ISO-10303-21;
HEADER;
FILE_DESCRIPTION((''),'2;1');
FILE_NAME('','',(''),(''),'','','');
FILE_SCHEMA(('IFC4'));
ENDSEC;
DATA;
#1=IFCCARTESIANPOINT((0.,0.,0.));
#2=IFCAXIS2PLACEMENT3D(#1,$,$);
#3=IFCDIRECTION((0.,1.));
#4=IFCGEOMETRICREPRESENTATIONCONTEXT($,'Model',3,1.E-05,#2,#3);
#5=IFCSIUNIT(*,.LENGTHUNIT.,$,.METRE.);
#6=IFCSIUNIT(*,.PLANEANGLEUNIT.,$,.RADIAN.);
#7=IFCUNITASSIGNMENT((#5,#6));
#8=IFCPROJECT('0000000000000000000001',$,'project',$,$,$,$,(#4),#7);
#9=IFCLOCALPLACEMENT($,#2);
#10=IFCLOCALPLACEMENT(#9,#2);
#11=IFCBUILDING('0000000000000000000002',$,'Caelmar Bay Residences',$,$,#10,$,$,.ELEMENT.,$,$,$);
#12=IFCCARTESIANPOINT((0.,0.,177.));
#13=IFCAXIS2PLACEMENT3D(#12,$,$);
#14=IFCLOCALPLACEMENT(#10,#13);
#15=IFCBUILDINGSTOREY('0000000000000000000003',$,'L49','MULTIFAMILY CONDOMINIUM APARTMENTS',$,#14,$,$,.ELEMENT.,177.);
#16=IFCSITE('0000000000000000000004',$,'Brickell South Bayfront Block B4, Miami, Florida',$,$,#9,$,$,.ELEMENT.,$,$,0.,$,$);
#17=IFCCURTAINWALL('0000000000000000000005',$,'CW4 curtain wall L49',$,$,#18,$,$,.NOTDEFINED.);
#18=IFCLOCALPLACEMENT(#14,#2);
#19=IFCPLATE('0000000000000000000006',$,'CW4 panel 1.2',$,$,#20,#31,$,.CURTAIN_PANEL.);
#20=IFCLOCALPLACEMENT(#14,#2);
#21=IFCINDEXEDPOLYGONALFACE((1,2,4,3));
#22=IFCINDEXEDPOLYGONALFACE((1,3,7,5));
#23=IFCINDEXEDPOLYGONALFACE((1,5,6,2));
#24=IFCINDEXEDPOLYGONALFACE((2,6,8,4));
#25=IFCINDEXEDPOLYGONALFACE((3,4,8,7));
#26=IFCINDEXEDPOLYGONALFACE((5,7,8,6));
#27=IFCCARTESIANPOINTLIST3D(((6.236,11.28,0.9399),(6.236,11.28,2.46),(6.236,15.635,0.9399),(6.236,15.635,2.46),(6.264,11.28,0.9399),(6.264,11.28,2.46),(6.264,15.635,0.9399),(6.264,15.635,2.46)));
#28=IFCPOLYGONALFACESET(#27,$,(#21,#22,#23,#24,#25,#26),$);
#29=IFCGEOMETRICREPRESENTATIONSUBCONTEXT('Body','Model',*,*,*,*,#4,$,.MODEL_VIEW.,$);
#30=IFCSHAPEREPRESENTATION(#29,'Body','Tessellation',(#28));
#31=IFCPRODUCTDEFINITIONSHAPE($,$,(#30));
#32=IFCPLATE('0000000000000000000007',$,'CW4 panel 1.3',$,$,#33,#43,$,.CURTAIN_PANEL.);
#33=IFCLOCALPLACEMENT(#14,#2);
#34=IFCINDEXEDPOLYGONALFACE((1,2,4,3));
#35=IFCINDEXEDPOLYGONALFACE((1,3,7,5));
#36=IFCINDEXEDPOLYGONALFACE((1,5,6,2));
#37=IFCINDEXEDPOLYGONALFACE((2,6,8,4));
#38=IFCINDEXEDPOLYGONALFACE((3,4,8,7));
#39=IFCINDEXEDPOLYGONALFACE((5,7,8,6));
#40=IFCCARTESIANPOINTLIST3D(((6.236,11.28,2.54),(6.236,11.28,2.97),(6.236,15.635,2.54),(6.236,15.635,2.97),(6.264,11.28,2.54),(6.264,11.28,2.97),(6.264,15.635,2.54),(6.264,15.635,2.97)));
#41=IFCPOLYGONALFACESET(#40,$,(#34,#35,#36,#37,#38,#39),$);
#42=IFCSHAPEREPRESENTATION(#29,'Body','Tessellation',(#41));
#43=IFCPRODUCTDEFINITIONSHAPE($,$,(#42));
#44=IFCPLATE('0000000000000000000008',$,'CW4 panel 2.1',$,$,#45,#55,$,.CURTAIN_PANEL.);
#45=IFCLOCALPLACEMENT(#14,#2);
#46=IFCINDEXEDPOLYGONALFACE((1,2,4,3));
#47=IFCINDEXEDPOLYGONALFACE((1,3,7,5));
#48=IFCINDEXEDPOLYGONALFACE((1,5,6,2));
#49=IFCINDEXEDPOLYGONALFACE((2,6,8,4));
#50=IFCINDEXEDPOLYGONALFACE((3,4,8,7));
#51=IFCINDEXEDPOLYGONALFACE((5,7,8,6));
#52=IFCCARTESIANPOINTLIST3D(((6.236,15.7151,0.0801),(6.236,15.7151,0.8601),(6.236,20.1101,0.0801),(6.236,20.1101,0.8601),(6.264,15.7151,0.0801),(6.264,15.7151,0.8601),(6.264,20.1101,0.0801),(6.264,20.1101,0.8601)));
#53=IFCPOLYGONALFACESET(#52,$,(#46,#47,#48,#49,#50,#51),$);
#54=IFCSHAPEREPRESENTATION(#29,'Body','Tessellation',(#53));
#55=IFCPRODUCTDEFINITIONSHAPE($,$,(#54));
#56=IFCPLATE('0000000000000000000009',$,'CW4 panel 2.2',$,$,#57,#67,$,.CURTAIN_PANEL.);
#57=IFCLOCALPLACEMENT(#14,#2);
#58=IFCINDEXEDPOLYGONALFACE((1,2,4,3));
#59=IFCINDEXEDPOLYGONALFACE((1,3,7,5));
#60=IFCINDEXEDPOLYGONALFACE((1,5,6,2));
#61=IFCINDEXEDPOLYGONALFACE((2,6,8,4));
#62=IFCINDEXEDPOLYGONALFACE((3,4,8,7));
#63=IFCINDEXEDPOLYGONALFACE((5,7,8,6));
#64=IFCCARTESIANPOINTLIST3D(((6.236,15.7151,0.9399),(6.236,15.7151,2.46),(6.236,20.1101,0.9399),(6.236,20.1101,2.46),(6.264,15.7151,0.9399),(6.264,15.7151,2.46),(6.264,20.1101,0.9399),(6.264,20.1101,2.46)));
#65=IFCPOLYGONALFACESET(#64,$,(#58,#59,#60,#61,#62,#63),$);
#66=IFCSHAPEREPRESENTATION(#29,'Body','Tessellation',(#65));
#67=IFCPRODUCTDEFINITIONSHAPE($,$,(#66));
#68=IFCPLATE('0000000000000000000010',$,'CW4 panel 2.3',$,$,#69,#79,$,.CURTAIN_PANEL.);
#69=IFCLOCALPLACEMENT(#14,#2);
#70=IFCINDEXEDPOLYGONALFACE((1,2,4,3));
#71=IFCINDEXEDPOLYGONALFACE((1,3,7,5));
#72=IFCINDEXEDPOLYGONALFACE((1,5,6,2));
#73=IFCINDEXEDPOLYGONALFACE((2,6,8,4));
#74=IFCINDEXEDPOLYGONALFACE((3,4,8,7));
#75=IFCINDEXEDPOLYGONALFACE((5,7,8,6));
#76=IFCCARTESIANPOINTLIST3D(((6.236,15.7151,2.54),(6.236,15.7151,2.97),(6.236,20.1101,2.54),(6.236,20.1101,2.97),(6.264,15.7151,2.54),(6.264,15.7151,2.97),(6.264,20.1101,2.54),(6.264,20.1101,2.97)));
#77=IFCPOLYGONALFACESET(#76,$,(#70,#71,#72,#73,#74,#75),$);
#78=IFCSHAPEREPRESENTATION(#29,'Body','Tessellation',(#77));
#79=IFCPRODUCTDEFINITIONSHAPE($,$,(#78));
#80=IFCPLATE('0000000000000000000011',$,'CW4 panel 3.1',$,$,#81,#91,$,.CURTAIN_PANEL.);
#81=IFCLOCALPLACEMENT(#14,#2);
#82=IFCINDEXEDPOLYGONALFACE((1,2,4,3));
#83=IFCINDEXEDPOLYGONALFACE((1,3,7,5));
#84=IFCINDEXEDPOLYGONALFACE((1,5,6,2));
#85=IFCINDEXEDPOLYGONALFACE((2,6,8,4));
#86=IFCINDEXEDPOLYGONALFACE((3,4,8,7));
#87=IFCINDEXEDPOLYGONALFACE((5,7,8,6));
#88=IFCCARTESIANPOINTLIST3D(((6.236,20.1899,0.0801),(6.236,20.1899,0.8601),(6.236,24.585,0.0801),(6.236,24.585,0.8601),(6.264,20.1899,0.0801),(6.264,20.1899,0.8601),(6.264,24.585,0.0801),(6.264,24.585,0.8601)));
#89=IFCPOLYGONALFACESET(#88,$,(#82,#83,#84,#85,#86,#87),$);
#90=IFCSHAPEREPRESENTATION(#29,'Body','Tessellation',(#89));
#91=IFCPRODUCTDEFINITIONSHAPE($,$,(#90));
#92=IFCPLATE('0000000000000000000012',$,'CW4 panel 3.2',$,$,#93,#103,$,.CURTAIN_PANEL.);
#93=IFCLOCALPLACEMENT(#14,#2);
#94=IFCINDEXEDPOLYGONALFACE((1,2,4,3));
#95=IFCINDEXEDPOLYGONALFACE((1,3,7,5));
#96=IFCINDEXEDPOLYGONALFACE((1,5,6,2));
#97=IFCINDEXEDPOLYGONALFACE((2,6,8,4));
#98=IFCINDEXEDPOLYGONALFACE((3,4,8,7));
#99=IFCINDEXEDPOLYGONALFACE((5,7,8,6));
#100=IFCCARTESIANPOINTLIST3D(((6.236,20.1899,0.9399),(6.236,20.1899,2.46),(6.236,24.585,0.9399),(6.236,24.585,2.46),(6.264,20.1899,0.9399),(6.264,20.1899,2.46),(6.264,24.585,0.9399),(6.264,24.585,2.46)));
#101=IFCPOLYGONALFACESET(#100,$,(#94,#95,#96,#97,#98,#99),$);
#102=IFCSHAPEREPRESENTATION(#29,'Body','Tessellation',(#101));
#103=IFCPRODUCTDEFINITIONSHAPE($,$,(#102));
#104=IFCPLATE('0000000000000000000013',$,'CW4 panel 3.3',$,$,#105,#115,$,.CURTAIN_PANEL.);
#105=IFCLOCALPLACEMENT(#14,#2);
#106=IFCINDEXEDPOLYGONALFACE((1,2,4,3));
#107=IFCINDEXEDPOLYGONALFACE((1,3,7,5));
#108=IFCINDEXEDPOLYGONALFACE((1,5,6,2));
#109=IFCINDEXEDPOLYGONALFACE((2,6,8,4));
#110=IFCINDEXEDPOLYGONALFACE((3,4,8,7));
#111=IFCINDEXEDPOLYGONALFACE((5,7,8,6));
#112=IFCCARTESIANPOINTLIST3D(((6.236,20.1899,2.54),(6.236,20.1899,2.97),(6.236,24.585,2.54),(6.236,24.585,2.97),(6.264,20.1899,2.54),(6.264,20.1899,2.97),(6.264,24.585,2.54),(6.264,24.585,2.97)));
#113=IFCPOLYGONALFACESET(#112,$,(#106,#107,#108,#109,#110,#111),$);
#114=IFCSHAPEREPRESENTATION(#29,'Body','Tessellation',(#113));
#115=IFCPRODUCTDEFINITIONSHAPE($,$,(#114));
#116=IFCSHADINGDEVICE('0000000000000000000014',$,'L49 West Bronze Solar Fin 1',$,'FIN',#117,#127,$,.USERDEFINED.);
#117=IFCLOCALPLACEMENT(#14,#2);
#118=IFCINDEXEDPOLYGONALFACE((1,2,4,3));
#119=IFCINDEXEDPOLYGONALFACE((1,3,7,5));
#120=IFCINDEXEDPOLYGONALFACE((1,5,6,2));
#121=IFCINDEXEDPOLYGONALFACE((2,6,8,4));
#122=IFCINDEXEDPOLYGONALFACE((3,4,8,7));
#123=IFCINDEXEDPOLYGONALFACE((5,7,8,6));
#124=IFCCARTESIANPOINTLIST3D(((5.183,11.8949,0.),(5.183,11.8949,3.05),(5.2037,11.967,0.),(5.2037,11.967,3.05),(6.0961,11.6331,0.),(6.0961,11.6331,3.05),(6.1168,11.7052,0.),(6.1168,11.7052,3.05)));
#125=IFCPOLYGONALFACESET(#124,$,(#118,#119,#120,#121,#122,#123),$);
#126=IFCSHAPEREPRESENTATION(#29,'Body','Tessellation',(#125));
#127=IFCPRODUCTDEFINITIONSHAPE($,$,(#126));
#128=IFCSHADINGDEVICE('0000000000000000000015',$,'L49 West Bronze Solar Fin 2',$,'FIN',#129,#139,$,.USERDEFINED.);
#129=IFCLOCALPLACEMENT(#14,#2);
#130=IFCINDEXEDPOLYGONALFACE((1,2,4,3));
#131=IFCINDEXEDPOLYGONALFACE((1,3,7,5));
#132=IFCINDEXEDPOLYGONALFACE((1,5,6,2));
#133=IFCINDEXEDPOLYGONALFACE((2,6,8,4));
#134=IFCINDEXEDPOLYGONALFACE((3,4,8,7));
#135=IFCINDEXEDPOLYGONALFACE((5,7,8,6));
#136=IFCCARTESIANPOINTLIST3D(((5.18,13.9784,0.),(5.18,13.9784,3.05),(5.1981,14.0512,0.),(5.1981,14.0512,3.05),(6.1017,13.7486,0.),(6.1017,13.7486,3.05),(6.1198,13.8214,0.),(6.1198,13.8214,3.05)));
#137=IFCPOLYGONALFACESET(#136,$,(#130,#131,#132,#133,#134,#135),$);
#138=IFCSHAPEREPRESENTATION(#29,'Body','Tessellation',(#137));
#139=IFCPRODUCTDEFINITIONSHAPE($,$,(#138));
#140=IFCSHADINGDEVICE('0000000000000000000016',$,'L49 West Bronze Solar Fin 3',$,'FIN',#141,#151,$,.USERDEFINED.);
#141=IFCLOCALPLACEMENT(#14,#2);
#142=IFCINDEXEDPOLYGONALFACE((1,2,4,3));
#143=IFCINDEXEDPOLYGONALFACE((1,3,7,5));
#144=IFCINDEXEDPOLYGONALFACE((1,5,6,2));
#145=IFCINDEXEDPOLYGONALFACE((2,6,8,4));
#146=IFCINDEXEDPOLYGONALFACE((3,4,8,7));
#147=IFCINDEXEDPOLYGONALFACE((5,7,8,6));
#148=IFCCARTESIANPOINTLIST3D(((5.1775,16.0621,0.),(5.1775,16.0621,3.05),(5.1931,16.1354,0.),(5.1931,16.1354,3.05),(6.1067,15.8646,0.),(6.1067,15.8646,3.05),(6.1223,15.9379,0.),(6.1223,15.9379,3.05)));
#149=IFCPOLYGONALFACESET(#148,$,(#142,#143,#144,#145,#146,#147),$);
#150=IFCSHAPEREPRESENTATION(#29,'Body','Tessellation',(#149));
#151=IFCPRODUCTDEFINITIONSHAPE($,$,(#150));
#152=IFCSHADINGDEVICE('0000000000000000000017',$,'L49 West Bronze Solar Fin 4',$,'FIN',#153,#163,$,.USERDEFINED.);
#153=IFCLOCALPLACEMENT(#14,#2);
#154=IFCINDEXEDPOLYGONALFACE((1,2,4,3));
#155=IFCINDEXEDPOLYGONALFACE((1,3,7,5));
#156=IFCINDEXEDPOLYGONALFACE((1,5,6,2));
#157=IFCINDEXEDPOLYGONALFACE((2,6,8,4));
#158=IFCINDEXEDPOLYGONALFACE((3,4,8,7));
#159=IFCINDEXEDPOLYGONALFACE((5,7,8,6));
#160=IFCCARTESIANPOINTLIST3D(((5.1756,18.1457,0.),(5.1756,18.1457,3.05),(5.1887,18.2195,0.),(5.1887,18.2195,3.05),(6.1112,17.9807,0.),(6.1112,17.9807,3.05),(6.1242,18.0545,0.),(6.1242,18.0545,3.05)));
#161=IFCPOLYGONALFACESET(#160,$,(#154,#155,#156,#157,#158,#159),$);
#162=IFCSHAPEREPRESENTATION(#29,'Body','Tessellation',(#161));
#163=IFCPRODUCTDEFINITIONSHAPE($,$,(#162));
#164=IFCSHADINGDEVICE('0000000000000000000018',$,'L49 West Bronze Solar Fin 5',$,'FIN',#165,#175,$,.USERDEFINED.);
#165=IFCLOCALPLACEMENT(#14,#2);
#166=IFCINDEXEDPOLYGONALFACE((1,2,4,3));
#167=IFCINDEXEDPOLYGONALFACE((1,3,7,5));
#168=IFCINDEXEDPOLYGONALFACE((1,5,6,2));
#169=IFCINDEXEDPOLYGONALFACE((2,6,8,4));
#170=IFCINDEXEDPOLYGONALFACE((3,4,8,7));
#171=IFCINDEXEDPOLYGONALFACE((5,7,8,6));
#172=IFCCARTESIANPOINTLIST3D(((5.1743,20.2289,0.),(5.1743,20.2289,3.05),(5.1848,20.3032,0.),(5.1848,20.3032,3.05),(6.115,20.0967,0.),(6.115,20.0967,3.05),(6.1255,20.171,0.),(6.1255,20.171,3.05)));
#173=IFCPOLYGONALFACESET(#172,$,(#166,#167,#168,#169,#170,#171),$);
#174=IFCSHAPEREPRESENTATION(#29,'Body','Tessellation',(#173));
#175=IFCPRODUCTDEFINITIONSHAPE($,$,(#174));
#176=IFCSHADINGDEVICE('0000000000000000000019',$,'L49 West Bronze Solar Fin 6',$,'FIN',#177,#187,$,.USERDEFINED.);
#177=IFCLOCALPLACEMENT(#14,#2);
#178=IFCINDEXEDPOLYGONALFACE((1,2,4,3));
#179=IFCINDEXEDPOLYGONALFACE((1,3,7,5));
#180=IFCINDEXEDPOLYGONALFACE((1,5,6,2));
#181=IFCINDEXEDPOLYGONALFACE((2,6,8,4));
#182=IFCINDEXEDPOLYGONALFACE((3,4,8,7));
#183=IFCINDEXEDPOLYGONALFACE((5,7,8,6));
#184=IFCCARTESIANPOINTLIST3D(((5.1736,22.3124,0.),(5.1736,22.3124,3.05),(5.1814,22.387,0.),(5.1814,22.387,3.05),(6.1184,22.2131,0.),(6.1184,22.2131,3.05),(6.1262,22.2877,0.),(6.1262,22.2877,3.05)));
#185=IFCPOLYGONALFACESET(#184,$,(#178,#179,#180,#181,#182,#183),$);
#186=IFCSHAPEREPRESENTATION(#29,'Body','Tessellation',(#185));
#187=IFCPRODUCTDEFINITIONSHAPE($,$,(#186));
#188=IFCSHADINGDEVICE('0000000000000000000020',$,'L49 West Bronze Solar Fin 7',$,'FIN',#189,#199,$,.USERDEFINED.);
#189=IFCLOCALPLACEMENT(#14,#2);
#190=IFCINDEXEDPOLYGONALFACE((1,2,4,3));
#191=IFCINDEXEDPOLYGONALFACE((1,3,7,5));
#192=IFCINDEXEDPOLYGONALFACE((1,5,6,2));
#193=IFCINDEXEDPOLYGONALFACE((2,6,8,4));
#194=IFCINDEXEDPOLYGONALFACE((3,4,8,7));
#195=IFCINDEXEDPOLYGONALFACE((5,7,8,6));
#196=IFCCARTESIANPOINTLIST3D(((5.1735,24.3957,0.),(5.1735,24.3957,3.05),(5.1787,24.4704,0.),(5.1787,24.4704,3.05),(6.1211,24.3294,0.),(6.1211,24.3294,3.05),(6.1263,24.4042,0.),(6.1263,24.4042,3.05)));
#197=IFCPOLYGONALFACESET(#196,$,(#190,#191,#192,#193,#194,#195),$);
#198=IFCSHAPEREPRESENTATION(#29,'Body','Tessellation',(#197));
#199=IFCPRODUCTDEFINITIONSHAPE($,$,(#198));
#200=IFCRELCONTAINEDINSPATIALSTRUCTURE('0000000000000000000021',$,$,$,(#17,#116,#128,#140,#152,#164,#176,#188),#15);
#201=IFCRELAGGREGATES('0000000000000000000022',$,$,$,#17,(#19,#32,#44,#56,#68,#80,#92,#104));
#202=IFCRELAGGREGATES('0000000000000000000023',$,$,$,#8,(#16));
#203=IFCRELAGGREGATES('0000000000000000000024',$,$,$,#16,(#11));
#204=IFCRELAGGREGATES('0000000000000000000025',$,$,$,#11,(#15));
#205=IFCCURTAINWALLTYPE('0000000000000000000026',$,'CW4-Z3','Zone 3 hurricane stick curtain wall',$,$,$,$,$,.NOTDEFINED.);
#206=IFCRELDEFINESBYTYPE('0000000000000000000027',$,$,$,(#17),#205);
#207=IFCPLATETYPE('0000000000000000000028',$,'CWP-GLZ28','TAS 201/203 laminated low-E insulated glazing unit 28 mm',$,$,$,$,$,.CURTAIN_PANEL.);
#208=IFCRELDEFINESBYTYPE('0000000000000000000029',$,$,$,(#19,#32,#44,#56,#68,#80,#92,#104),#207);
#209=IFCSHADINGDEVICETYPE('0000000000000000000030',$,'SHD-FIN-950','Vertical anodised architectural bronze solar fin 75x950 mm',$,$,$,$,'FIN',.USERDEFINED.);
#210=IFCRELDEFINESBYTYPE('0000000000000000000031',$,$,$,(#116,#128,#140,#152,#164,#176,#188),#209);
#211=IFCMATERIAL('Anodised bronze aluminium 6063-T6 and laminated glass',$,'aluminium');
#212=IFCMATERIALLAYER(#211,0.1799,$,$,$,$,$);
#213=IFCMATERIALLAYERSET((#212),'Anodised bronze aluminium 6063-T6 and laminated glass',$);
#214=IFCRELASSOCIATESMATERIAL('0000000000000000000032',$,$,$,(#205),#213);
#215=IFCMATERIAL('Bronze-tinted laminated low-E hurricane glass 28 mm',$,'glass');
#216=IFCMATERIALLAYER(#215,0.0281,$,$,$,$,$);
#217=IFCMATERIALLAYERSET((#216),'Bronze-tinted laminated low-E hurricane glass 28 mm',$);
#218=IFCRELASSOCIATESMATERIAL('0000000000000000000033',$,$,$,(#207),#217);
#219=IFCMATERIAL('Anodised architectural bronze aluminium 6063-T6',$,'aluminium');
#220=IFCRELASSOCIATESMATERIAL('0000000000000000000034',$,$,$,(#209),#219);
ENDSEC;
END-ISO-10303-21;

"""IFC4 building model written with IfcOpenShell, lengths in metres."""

from ifc_helpers import new_model, si_unit, direction, frame, origin, origin_2d, place, context, subcontext, project, spatial, rectangle, extrude, material, layer, layer_set, material_profile, profile_set, type_object, element, aggregate, save


model = new_model("IFC4")

# Units and contexts
model_context = context("Model", 3, precision=1e-05, world=origin(), true_north=direction((0.0, 1.0)))
body_context = subcontext(model_context, "Body", "Model", "MODEL_VIEW")
ifc_project = project(units=[si_unit("LENGTHUNIT", "METRE"), si_unit("PLANEANGLEUNIT", "RADIAN")], contexts=[model_context])

# Site, building, storey
site_placement = place(None, origin())
site = spatial("IfcSite", under=ifc_project, at=site_placement, Name="Brickell South Bayfront Block B4, Miami, Florida", CompositionType="ELEMENT", RefElevation=0.0)
building_placement = place(site_placement, origin())
building = spatial("IfcBuilding", under=site, at=building_placement, Name="Caelmar Bay Residences", CompositionType="ELEMENT")
storey_placement = place(building_placement, frame((0.0, 0.0, 177.0)))
storey = spatial("IfcBuildingStorey", under=building, at=storey_placement, Name="L49", Description="MULTIFAMILY CONDOMINIUM APARTMENTS", CompositionType="ELEMENT", Elevation=177.0)

# Curtain wall, plates
ifc_material_1 = material(Name="Anodised bronze aluminium 6063-T6 and laminated glass", Category="aluminium")
ifc_layer_1 = layer(ifc_material_1, 0.1799)
ifc_layer_set_1 = layer_set([ifc_layer_1], Name="Anodised bronze aluminium 6063-T6 and laminated glass")
curtain_wall_type = type_object("IfcCurtainWallType", Name="CW4-Z3", Description="Zone 3 hurricane stick curtain wall", PredefinedType="NOTDEFINED", material=ifc_layer_set_1)
curtain_wall_placement = place(storey_placement, origin())
curtain_wall = element("IfcCurtainWall", 1, at=curtain_wall_placement, inside=storey, type_object=curtain_wall_type, Name="CW4 curtain wall L49", PredefinedType="NOTDEFINED")
ifc_material_2 = material(Name="Bronze-tinted laminated low-E hurricane glass 28 mm", Category="glass")
ifc_layer_2 = layer(ifc_material_2, 0.0281)
ifc_layer_set_2 = layer_set([ifc_layer_2], Name="Bronze-tinted laminated low-E hurricane glass 28 mm")
plate_type = type_object("IfcPlateType", Name="CWP-GLZ28", Description="TAS 201/203 laminated low-E insulated glazing unit 28 mm", PredefinedType="CURTAIN_PANEL", material=ifc_layer_set_2)
plate_1_placement = place(storey_placement, frame((6.25, 13.4575, 0.9399), z_axis=(0.0, 0.0, 1.0), x_axis=(0.0, 1.0, 0.0)))
plate_1 = element("IfcPlate", 2, at=plate_1_placement, type_object=plate_type, Name="CW4 panel 1.2", PredefinedType="CURTAIN_PANEL", context=body_context, shape_type="SweptSolid", body=[
    extrude(rectangle(XDim=4.355, YDim=0.0281, at=origin_2d()), origin(), (0.0, 0.0, 1.0), 1.52),
])
plate_2_placement = place(storey_placement, frame((6.25, 13.4575, 2.54), z_axis=(0.0, 0.0, 1.0), x_axis=(0.0, 1.0, 0.0)))
plate_2 = element("IfcPlate", 3, at=plate_2_placement, type_object=plate_type, Name="CW4 panel 1.3", PredefinedType="CURTAIN_PANEL", context=body_context, shape_type="SweptSolid", body=[
    extrude(rectangle(XDim=4.355, YDim=0.0281, at=origin_2d()), origin(), (0.0, 0.0, 1.0), 0.4299),
])
plate_3_placement = place(storey_placement, frame((6.25, 17.9126, 0.0801), z_axis=(0.0, 0.0, 1.0), x_axis=(0.0, 1.0, 0.0)))
plate_3 = element("IfcPlate", 4, at=plate_3_placement, type_object=plate_type, Name="CW4 panel 2.1", PredefinedType="CURTAIN_PANEL", context=body_context, shape_type="SweptSolid", body=[
    extrude(rectangle(XDim=4.395, YDim=0.0281, at=origin_2d()), origin(), (0.0, 0.0, 1.0), 0.78),
])
plate_4_placement = place(storey_placement, frame((6.25, 17.9126, 0.9399), z_axis=(0.0, 0.0, 1.0), x_axis=(0.0, 1.0, 0.0)))
plate_4 = element("IfcPlate", 5, at=plate_4_placement, type_object=plate_type, Name="CW4 panel 2.2", PredefinedType="CURTAIN_PANEL", context=body_context, shape_type="SweptSolid", body=[
    extrude(rectangle(XDim=4.395, YDim=0.0281, at=origin_2d()), origin(), (0.0, 0.0, 1.0), 1.52),
])
plate_5_placement = place(storey_placement, frame((6.25, 17.9126, 2.54), z_axis=(0.0, 0.0, 1.0), x_axis=(0.0, 1.0, 0.0)))
plate_5 = element("IfcPlate", 6, at=plate_5_placement, type_object=plate_type, Name="CW4 panel 2.3", PredefinedType="CURTAIN_PANEL", context=body_context, shape_type="SweptSolid", body=[
    extrude(rectangle(XDim=4.395, YDim=0.0281, at=origin_2d()), origin(), (0.0, 0.0, 1.0), 0.4299),
])
plate_6_placement = place(storey_placement, frame((6.25, 22.3875, 0.0801), z_axis=(0.0, 0.0, 1.0), x_axis=(0.0, 1.0, 0.0)))
plate_6 = element("IfcPlate", 7, at=plate_6_placement, type_object=plate_type, Name="CW4 panel 3.1", PredefinedType="CURTAIN_PANEL", context=body_context, shape_type="SweptSolid", body=[
    extrude(rectangle(XDim=4.395, YDim=0.0281, at=origin_2d()), origin(), (0.0, 0.0, 1.0), 0.78),
])
plate_7_placement = place(storey_placement, frame((6.25, 22.3875, 0.9399), z_axis=(0.0, 0.0, 1.0), x_axis=(0.0, 1.0, 0.0)))
plate_7 = element("IfcPlate", 8, at=plate_7_placement, type_object=plate_type, Name="CW4 panel 3.2", PredefinedType="CURTAIN_PANEL", context=body_context, shape_type="SweptSolid", body=[
    extrude(rectangle(XDim=4.395, YDim=0.0281, at=origin_2d()), origin(), (0.0, 0.0, 1.0), 1.52),
])
plate_8_placement = place(storey_placement, frame((6.25, 22.3875, 2.54), z_axis=(0.0, 0.0, 1.0), x_axis=(0.0, 1.0, 0.0)))
plate_8 = element("IfcPlate", 9, at=plate_8_placement, type_object=plate_type, Name="CW4 panel 3.3", PredefinedType="CURTAIN_PANEL", context=body_context, shape_type="SweptSolid", body=[
    extrude(rectangle(XDim=4.395, YDim=0.0281, at=origin_2d()), origin(), (0.0, 0.0, 1.0), 0.4299),
])
aggregate(curtain_wall, [plate_1, plate_2, plate_3, plate_4, plate_5, plate_6, plate_7, plate_8])

# Shading devices
ifc_material_3 = material(Name="Anodised architectural bronze aluminium 6063-T6", Category="aluminium")
ifc_material_profile_1 = material_profile(ifc_material_3, rectangle(XDim=0.075, YDim=0.95, at=origin_2d()), Name="BRONZE-FIN-75X950")
ifc_profile_set_1 = profile_set([ifc_material_profile_1], Name="Anodised architectural bronze aluminium 6063-T6")
shading_device_type = type_object("IfcShadingDeviceType", Name="SHD-FIN-950", Description="Vertical anodised architectural bronze solar fin 75x950 mm", ElementType="FIN", PredefinedType="USERDEFINED", material=ifc_profile_set_1)
for number, where, z_axis, x_axis, name in (
    (10, (5.6499, 11.8, 0.0), (0.0, 0.0, 1.0), (0.275637, 0.961262, 0.0), "L49 West Bronze Solar Fin 1"),
    (11, (5.6499, 13.8999, 0.0), (0.0, 0.0, 1.0), (0.241922, 0.970296, 0.0), "L49 West Bronze Solar Fin 2"),
    (12, (5.6499, 16.0, 0.0), (0.0, 0.0, 1.0), (0.207912, 0.978148, 0.0), "L49 West Bronze Solar Fin 3"),
    (13, (5.6499, 18.1001, 0.0), (0.0, 0.0, 1.0), (0.173648, 0.984808, 0.0), "L49 West Bronze Solar Fin 4"),
    (14, (5.6499, 20.2, 0.0), (0.0, 0.0, 1.0), (0.139173, 0.990268, 0.0), "L49 West Bronze Solar Fin 5"),
    (15, (5.6499, 22.3, 0.0), (0.0, 0.0, 1.0), (0.104528, 0.994522, 0.0), "L49 West Bronze Solar Fin 6"),
    (16, (5.6499, 24.3999, 0.0), (0.0, 0.0, 1.0), (0.069756, 0.997564, 0.0), "L49 West Bronze Solar Fin 7"),
):
    element("IfcShadingDevice", number, at=place(storey_placement, frame(where, z_axis=z_axis, x_axis=x_axis)), inside=storey, type_object=shading_device_type, Name=name, ObjectType="FIN", PredefinedType="USERDEFINED", context=body_context, shape_type="SweptSolid", body=[
        extrude(rectangle(XDim=0.075, YDim=0.95, at=origin_2d()), origin(), (0.0, 0.0, 1.0), 3.05),
    ])

save(model, "model.ifc")
